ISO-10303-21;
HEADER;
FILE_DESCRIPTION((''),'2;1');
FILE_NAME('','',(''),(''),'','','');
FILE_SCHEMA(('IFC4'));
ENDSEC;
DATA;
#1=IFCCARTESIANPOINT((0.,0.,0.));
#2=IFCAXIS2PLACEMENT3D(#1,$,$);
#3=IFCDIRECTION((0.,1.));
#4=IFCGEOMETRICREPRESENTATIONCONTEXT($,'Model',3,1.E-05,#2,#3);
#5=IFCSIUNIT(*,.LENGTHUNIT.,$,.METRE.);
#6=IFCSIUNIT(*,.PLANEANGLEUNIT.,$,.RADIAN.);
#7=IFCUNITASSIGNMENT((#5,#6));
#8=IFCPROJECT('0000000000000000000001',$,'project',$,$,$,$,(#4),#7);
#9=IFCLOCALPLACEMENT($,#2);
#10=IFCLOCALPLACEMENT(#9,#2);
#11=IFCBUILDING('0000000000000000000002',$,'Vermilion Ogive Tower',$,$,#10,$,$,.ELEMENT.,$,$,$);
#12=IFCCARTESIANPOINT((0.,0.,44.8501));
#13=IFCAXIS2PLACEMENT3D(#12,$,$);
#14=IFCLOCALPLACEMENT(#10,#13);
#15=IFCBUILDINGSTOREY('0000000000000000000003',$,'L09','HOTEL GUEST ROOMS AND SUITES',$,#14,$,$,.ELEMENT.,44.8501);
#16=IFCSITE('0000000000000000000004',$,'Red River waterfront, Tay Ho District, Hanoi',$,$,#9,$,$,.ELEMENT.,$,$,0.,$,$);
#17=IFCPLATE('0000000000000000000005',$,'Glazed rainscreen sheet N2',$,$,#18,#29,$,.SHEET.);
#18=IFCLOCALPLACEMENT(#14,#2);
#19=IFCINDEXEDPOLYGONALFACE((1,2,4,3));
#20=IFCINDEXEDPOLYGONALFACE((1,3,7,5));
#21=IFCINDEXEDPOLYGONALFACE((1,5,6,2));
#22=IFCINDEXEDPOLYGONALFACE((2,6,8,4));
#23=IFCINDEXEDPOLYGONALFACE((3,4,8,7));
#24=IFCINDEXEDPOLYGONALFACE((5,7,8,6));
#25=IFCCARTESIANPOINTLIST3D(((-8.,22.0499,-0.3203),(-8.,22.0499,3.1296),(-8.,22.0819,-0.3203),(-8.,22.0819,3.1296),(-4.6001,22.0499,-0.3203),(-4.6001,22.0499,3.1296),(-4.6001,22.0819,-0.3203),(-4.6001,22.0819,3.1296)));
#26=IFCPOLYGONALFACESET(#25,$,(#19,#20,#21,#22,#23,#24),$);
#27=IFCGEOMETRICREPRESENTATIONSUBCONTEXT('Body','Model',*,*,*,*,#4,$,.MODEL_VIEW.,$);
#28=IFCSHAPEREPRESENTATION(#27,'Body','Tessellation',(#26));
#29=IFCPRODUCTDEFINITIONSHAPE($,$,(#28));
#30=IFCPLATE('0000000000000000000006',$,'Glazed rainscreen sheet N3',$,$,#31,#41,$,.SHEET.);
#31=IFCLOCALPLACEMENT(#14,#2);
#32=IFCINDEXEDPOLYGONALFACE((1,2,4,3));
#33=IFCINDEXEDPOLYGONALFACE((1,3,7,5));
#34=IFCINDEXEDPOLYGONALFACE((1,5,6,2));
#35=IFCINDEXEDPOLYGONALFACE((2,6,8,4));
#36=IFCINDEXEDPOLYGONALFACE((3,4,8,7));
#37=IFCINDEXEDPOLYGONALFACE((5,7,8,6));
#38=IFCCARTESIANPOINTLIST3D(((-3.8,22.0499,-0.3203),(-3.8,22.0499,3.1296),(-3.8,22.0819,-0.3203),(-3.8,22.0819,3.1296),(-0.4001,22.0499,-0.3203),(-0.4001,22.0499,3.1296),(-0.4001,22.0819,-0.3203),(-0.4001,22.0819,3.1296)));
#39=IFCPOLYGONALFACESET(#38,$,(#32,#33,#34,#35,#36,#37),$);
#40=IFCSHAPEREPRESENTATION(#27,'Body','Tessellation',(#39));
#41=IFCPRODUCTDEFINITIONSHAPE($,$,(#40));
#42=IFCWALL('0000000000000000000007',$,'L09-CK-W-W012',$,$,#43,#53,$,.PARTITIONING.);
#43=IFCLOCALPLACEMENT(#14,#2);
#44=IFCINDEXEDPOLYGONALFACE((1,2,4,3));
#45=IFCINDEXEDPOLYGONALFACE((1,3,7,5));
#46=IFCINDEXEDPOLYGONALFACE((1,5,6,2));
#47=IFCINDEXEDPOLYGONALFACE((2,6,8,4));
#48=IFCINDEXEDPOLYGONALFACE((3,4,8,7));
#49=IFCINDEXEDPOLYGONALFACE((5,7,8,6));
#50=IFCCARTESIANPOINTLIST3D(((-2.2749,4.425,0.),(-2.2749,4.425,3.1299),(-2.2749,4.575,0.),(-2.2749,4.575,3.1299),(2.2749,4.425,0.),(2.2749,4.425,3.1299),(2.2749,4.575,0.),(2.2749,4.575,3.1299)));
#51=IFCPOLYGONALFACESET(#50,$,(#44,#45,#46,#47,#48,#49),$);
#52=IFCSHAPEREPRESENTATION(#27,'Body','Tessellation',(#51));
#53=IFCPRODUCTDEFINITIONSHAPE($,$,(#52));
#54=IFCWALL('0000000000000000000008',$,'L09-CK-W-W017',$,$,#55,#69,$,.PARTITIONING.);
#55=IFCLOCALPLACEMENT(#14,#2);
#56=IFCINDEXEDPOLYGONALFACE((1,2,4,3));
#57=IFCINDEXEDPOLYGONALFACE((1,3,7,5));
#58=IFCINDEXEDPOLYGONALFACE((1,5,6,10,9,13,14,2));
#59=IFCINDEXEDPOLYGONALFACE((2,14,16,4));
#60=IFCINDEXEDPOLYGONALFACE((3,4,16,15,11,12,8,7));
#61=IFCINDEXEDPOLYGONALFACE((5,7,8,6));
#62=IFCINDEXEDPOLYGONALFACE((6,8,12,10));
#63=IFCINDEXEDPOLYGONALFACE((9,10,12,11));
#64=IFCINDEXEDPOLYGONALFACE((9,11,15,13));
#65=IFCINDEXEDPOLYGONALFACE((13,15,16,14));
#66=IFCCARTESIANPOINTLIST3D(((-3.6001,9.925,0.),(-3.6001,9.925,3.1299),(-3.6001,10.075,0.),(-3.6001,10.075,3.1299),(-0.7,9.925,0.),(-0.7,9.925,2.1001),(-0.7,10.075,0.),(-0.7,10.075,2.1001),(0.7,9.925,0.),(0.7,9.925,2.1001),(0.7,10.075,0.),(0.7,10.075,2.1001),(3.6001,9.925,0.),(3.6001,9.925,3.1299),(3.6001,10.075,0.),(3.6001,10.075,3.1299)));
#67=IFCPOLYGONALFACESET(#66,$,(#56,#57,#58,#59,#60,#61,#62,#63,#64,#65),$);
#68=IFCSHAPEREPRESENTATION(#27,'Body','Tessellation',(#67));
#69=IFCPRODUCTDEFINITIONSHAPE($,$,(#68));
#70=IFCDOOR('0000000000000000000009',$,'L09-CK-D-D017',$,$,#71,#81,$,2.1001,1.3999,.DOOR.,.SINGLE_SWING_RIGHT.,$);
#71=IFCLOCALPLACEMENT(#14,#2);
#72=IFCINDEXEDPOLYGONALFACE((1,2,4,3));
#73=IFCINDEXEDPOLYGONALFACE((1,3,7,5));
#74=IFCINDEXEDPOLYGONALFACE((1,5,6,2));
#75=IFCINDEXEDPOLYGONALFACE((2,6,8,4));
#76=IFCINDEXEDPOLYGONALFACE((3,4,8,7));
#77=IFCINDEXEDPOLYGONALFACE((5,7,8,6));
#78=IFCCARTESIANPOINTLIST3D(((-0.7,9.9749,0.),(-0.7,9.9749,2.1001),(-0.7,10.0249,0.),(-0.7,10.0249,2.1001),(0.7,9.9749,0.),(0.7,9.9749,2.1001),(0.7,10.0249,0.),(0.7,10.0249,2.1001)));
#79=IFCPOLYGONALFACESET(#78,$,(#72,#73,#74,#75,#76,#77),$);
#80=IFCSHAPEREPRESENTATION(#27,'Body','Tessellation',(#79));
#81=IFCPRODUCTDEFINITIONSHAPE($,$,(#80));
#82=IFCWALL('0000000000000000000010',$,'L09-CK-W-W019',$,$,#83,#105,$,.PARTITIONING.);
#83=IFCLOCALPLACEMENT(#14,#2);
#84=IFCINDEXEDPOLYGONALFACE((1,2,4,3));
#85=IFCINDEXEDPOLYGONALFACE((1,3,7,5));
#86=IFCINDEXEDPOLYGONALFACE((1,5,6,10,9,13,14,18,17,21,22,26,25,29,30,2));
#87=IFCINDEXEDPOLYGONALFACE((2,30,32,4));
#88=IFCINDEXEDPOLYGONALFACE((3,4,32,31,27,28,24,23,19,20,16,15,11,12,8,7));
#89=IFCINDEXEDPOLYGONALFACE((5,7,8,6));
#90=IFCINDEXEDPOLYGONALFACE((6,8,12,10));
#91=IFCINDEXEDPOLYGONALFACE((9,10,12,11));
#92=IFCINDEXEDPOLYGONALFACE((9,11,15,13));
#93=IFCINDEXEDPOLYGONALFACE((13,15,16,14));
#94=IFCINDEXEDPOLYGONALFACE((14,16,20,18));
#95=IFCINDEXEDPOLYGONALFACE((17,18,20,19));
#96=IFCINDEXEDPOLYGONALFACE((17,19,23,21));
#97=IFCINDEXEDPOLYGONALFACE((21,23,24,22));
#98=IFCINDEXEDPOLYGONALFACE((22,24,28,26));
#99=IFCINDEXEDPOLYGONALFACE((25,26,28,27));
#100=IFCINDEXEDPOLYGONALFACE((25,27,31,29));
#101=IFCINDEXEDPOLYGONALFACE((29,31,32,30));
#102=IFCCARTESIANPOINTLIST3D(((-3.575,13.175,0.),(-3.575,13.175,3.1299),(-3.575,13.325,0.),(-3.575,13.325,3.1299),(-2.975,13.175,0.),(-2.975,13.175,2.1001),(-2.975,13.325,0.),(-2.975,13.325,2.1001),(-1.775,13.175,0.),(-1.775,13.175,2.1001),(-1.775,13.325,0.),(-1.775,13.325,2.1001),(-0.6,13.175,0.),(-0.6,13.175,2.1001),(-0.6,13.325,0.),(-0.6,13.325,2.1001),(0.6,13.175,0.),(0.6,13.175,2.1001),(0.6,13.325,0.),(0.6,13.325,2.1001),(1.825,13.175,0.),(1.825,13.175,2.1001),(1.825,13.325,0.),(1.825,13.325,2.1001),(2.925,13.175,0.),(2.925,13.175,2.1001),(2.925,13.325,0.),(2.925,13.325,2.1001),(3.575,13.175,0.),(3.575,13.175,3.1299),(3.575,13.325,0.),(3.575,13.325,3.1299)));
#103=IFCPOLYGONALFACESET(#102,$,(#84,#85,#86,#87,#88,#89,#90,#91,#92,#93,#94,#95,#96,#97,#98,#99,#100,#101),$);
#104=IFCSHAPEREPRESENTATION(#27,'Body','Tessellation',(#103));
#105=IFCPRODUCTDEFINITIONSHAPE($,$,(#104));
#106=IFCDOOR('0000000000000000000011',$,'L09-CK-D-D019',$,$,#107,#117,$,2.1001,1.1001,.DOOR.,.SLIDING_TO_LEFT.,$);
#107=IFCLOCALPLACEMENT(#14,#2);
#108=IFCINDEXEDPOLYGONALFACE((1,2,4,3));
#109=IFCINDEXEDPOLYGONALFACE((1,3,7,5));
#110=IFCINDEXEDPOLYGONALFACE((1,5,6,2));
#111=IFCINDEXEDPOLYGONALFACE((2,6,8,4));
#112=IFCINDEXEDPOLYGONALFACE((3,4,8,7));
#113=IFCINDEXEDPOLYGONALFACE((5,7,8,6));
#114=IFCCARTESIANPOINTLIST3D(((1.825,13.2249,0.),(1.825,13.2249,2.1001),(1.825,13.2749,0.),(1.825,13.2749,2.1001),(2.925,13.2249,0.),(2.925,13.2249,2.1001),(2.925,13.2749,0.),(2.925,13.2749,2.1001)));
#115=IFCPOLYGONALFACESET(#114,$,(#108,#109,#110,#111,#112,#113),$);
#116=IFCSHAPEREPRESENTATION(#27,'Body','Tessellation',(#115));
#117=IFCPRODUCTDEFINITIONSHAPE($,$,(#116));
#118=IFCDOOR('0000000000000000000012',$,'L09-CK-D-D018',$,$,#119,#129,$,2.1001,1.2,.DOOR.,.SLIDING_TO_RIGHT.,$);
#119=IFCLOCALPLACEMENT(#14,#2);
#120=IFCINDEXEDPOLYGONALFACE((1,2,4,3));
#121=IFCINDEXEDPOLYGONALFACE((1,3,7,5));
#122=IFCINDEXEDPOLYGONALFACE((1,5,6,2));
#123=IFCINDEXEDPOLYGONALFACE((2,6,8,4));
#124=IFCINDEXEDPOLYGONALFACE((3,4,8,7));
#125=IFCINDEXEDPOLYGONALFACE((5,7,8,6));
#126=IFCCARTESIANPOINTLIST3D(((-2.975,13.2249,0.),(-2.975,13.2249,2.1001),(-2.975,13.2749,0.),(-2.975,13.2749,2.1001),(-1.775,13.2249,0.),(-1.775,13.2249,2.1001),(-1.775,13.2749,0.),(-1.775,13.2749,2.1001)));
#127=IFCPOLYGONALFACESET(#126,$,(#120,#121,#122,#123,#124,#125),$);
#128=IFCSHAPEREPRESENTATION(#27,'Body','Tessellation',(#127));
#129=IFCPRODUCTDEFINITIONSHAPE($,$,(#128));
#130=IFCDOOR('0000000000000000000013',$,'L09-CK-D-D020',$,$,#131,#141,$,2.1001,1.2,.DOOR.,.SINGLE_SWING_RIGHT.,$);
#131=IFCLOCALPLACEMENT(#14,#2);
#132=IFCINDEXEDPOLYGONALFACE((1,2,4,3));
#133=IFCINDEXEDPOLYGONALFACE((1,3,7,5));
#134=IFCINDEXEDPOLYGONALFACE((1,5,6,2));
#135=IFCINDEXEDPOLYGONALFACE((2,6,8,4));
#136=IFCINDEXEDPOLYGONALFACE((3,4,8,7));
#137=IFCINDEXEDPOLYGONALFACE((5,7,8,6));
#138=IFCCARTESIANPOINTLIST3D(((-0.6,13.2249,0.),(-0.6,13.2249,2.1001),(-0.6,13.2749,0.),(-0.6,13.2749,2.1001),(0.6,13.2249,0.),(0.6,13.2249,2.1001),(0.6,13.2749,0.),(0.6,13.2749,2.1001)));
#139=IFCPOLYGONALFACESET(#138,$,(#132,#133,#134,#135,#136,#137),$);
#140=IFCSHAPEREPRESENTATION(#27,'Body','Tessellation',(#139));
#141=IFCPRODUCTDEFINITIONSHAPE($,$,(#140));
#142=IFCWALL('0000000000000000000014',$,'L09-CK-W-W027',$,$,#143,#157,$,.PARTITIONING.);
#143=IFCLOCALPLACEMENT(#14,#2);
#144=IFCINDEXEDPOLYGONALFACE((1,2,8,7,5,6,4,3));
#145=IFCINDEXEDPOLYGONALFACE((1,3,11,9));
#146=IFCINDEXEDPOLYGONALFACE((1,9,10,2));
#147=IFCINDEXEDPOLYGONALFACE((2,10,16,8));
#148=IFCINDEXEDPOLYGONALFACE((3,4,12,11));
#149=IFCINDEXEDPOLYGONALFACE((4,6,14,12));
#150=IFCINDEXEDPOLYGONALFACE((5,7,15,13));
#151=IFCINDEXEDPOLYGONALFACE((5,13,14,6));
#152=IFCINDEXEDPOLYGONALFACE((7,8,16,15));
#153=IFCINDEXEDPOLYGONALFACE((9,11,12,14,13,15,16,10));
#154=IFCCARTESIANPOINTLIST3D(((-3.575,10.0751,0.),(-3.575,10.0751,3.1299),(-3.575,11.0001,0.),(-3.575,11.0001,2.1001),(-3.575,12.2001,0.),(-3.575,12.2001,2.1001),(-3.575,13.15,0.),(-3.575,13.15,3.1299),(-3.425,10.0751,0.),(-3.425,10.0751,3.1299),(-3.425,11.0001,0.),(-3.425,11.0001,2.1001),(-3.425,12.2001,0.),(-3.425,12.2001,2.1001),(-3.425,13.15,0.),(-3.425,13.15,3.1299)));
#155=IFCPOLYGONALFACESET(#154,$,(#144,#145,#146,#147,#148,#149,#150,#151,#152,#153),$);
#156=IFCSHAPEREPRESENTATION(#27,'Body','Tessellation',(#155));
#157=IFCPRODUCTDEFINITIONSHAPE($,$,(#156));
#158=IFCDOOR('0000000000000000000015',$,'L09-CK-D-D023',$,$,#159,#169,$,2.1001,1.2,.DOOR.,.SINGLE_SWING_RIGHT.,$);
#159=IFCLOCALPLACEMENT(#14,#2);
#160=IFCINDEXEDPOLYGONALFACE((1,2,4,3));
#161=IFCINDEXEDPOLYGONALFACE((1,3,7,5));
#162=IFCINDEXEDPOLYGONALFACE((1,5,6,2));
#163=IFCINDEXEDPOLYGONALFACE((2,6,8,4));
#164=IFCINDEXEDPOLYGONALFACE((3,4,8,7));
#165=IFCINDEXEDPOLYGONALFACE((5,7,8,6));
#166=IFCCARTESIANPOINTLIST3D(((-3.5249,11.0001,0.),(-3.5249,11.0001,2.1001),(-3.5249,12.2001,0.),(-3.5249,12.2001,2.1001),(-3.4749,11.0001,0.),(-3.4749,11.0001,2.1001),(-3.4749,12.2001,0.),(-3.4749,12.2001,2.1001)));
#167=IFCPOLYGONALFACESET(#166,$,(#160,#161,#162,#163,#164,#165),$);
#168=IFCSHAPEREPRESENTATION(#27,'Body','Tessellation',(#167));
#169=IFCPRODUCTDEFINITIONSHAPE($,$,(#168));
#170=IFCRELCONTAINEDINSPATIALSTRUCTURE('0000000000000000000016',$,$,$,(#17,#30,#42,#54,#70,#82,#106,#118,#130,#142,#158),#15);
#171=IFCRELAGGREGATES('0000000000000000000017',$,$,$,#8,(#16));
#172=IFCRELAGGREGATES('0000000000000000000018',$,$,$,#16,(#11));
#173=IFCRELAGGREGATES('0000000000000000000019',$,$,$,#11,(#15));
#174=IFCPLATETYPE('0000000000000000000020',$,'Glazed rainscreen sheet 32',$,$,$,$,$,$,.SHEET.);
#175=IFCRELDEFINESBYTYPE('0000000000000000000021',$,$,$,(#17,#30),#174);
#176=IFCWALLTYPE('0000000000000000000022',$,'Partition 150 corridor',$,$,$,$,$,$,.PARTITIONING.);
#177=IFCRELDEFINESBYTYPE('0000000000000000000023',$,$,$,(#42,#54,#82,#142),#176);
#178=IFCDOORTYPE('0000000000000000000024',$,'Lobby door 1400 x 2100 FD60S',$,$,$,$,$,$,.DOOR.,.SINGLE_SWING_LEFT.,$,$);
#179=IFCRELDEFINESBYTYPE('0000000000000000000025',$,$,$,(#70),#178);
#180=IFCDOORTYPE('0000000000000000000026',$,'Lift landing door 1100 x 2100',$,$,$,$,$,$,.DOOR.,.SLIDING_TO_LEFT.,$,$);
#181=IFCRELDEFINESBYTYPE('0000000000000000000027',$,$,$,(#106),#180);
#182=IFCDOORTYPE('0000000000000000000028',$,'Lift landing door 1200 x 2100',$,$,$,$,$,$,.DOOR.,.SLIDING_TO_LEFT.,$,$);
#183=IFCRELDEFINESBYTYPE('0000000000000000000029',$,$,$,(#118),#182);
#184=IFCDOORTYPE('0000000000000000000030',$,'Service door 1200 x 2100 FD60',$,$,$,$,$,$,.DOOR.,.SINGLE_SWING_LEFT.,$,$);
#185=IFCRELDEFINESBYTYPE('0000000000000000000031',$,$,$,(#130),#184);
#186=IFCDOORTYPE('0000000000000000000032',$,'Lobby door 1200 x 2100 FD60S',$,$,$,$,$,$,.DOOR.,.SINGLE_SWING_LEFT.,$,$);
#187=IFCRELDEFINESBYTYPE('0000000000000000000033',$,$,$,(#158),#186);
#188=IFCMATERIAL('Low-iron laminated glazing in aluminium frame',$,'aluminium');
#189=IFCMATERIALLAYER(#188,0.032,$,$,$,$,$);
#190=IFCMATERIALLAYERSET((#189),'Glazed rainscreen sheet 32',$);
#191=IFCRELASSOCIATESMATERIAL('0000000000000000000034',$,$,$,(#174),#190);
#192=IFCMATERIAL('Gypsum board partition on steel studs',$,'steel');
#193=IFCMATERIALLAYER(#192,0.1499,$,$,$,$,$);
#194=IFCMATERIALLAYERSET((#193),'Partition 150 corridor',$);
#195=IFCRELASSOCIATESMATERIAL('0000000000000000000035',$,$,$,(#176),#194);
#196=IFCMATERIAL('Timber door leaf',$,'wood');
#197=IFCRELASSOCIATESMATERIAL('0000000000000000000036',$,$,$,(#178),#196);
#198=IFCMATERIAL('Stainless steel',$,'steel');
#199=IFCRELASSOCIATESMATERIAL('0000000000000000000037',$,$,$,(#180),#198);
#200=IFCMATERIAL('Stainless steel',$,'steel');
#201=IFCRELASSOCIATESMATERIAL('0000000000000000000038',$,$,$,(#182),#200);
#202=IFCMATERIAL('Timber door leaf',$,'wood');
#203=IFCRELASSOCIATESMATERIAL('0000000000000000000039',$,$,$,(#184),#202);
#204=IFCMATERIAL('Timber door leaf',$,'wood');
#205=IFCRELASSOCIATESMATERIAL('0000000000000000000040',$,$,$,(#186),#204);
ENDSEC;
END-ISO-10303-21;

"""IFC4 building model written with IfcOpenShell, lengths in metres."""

from ifc_helpers import new_model, si_unit, direction, frame, frame_2d, origin, origin_2d, place, context, subcontext, project, spatial, rectangle, extrude, material, layer, layer_set, type_object, element, fill, save


model = new_model("IFC4")

# Units and contexts
model_context = context("Model", 3, precision=1e-05, world=origin(), true_north=direction((0.0, 1.0)))
body_context = subcontext(model_context, "Body", "Model", "MODEL_VIEW")
ifc_project = project(units=[si_unit("LENGTHUNIT", "METRE"), si_unit("PLANEANGLEUNIT", "RADIAN")], contexts=[model_context])

# Site, building, storey
site_placement = place(None, origin())
site = spatial("IfcSite", under=ifc_project, at=site_placement, Name="Red River waterfront, Tay Ho District, Hanoi", CompositionType="ELEMENT", RefElevation=0.0)
building_placement = place(site_placement, origin())
building = spatial("IfcBuilding", under=site, at=building_placement, Name="Vermilion Ogive Tower", CompositionType="ELEMENT")
storey_placement = place(building_placement, frame((0.0, 0.0, 44.8501)))
storey = spatial("IfcBuildingStorey", under=building, at=storey_placement, Name="L09", Description="HOTEL GUEST ROOMS AND SUITES", CompositionType="ELEMENT", Elevation=44.8501)

# Plates
ifc_material_1 = material(Name="Low-iron laminated glazing in aluminium frame", Category="aluminium")
ifc_layer_1 = layer(ifc_material_1, 0.032)
ifc_layer_set_1 = layer_set([ifc_layer_1], Name="Glazed rainscreen sheet 32")
plate_type = type_object("IfcPlateType", Name="Glazed rainscreen sheet 32", PredefinedType="SHEET", material=ifc_layer_set_1)
for number, where, z_axis, x_axis, name in (
    (1, (-6.3, 22.0659, -0.3203), (0.0, 0.0, 1.0), (1.0, 0.0, 0.0), "Glazed rainscreen sheet N2"),
    (2, (-2.1001, 22.0659, -0.3203), (0.0, 0.0, 1.0), (1.0, 0.0, 0.0), "Glazed rainscreen sheet N3"),
):
    element("IfcPlate", number, at=place(storey_placement, frame(where, z_axis=z_axis, x_axis=x_axis)), inside=storey, type_object=plate_type, Name=name, PredefinedType="SHEET", context=body_context, shape_type="SweptSolid", body=[
        extrude(rectangle(XDim=3.3999, YDim=0.032, at=origin_2d()), origin(), (0.0, 0.0, 1.0), 3.45),
    ])

# Wall
ifc_material_2 = material(Name="Gypsum board partition on steel studs", Category="steel")
ifc_layer_2 = layer(ifc_material_2, 0.1499)
ifc_layer_set_2 = layer_set([ifc_layer_2], Name="Partition 150 corridor")
wall_type_1 = type_object("IfcWallType", Name="Partition 150 corridor", PredefinedType="PARTITIONING", material=ifc_layer_set_2)
wall_1_placement = place(storey_placement, frame((-2.2749, 4.5, 0.0), z_axis=(0.0, 0.0, 1.0), x_axis=(1.0, 0.0, 0.0)))
element("IfcWall", 3, at=wall_1_placement, inside=storey, type_object=wall_type_1, Name="L09-CK-W-W012", PredefinedType="PARTITIONING", context=body_context, shape_type="SweptSolid", body=[
    extrude(rectangle(XDim=4.5498, YDim=0.1499, at=frame_2d((2.2749, 0.0))), origin(), (0.0, 0.0, 1.0), 3.1299),
])

# Wall, opening, door
wall_2_placement = place(storey_placement, frame((-3.6001, 10.0, 0.0), z_axis=(0.0, 0.0, 1.0), x_axis=(1.0, 0.0, 0.0)))
wall_2 = element("IfcWall", 4, at=wall_2_placement, inside=storey, type_object=wall_type_1, Name="L09-CK-W-W017", PredefinedType="PARTITIONING", context=body_context, shape_type="SweptSolid", body=[
    extrude(rectangle(XDim=7.2002, YDim=0.1499, at=frame_2d((3.6001, 0.0))), origin(), (0.0, 0.0, 1.0), 3.1299),
])
opening_1_placement = place(wall_2_placement, frame((2.9001, 0.0, 0.0)))
opening_1 = element("IfcOpeningElement", 5, at=opening_1_placement, cuts=wall_2, PredefinedType="OPENING", context=body_context, shape_type="SweptSolid", body=[
    extrude(rectangle(XDim=1.3999, YDim=2.1001, at=frame_2d((0.7, 1.05))), frame((0.0, 0.085, 0.0), z_axis=(0.0, -1.0, 0.0), x_axis=(1.0, 0.0, 0.0)), (0.0, 0.0, 1.0), 0.1699),
])
ifc_material_3 = material(Name="Timber door leaf", Category="wood")
door_type_1 = type_object("IfcDoorType", Name="Lobby door 1400 x 2100 FD60S", OperationType="SINGLE_SWING_LEFT", PredefinedType="DOOR", material=ifc_material_3)
door_1_placement = place(opening_1_placement, origin())
door_1 = element("IfcDoor", 6, at=door_1_placement, inside=storey, type_object=door_type_1, Name="L09-CK-D-D017", OperationType="SINGLE_SWING_RIGHT", OverallHeight=2.1001, OverallWidth=1.3999, PredefinedType="DOOR", context=body_context, shape_type="SweptSolid", body=[
    extrude(rectangle(XDim=1.3999, YDim=2.1001, at=frame_2d((0.7, 1.05))), frame((0.0, 0.0249, 0.0), z_axis=(0.0, -1.0, 0.0), x_axis=(1.0, 0.0, 0.0)), (0.0, 0.0, 1.0), 0.05),
])
fill(opening_1, door_1)

# Wall, openings, doors
wall_3_placement = place(storey_placement, frame((-3.575, 13.25, 0.0), z_axis=(0.0, 0.0, 1.0), x_axis=(1.0, 0.0, 0.0)))
wall_3 = element("IfcWall", 7, at=wall_3_placement, inside=storey, type_object=wall_type_1, Name="L09-CK-W-W019", PredefinedType="PARTITIONING", context=body_context, shape_type="SweptSolid", body=[
    extrude(rectangle(XDim=7.1499, YDim=0.1499, at=frame_2d((3.575, 0.0))), origin(), (0.0, 0.0, 1.0), 3.1299),
])
opening_2_placement = place(wall_3_placement, frame((0.5999, 0.0, 0.0)))
opening_2 = element("IfcOpeningElement", 8, at=opening_2_placement, cuts=wall_3, PredefinedType="OPENING", context=body_context, shape_type="SweptSolid", body=[
    extrude(rectangle(XDim=1.2, YDim=2.1001, at=frame_2d((0.6001, 1.05))), frame((0.0, 0.085, 0.0), z_axis=(0.0, -1.0, 0.0), x_axis=(1.0, 0.0, 0.0)), (0.0, 0.0, 1.0), 0.1699),
])
opening_3_placement = place(wall_3_placement, frame((5.3999, 0.0, 0.0)))
opening_3 = element("IfcOpeningElement", 9, at=opening_3_placement, cuts=wall_3, PredefinedType="OPENING", context=body_context, shape_type="SweptSolid", body=[
    extrude(rectangle(XDim=1.1001, YDim=2.1001, at=frame_2d((0.55, 1.05))), frame((0.0, 0.085, 0.0), z_axis=(0.0, -1.0, 0.0), x_axis=(1.0, 0.0, 0.0)), (0.0, 0.0, 1.0), 0.1699),
])
opening_4_placement = place(wall_3_placement, frame((2.9749, 0.0, 0.0)))
opening_4 = element("IfcOpeningElement", 10, at=opening_4_placement, cuts=wall_3, PredefinedType="OPENING", context=body_context, shape_type="SweptSolid", body=[
    extrude(rectangle(XDim=1.2, YDim=2.1001, at=frame_2d((0.6001, 1.05))), frame((0.0, 0.085, 0.0), z_axis=(0.0, -1.0, 0.0), x_axis=(1.0, 0.0, 0.0)), (0.0, 0.0, 1.0), 0.1699),
])
ifc_material_4 = material(Name="Stainless steel", Category="steel")
door_type_2 = type_object("IfcDoorType", Name="Lift landing door 1100 x 2100", OperationType="SLIDING_TO_LEFT", PredefinedType="DOOR", material=ifc_material_4)
door_2_placement = place(opening_3_placement, origin())
door_2 = element("IfcDoor", 11, at=door_2_placement, inside=storey, type_object=door_type_2, Name="L09-CK-D-D019", OperationType="SLIDING_TO_LEFT", OverallHeight=2.1001, OverallWidth=1.1001, PredefinedType="DOOR", context=body_context, shape_type="SweptSolid", body=[
    extrude(rectangle(XDim=1.1001, YDim=2.1001, at=frame_2d((0.55, 1.05))), frame((0.0, 0.0249, 0.0), z_axis=(0.0, -1.0, 0.0), x_axis=(1.0, 0.0, 0.0)), (0.0, 0.0, 1.0), 0.05),
])
fill(opening_3, door_2)
ifc_material_5 = material(Name="Stainless steel", Category="steel")
door_type_3 = type_object("IfcDoorType", Name="Lift landing door 1200 x 2100", OperationType="SLIDING_TO_LEFT", PredefinedType="DOOR", material=ifc_material_5)
door_3_placement = place(opening_2_placement, origin())
door_3 = element("IfcDoor", 12, at=door_3_placement, inside=storey, type_object=door_type_3, Name="L09-CK-D-D018", OperationType="SLIDING_TO_RIGHT", OverallHeight=2.1001, OverallWidth=1.2, PredefinedType="DOOR", context=body_context, shape_type="SweptSolid", body=[
    extrude(rectangle(XDim=1.2, YDim=2.1001, at=frame_2d((0.6001, 1.05))), frame((0.0, 0.0249, 0.0), z_axis=(0.0, -1.0, 0.0), x_axis=(1.0, 0.0, 0.0)), (0.0, 0.0, 1.0), 0.05),
])
fill(opening_2, door_3)
ifc_material_6 = material(Name="Timber door leaf", Category="wood")
door_type_4 = type_object("IfcDoorType", Name="Service door 1200 x 2100 FD60", OperationType="SINGLE_SWING_LEFT", PredefinedType="DOOR", material=ifc_material_6)
door_4_placement = place(opening_4_placement, origin())
door_4 = element("IfcDoor", 13, at=door_4_placement, inside=storey, type_object=door_type_4, Name="L09-CK-D-D020", OperationType="SINGLE_SWING_RIGHT", OverallHeight=2.1001, OverallWidth=1.2, PredefinedType="DOOR", context=body_context, shape_type="SweptSolid", body=[
    extrude(rectangle(XDim=1.2, YDim=2.1001, at=frame_2d((0.6001, 1.05))), frame((0.0, 0.0249, 0.0), z_axis=(0.0, -1.0, 0.0), x_axis=(1.0, 0.0, 0.0)), (0.0, 0.0, 1.0), 0.05),
])
fill(opening_4, door_4)

# Wall, opening, door
wall_4_placement = place(storey_placement, frame((-3.5, 10.075, 0.0), z_axis=(0.0, 0.0, 1.0), x_axis=(0.0, 1.0, 0.0)))
wall_4 = element("IfcWall", 14, at=wall_4_placement, inside=storey, type_object=wall_type_1, Name="L09-CK-W-W027", PredefinedType="PARTITIONING", context=body_context, shape_type="SweptSolid", body=[
    extrude(rectangle(XDim=3.075, YDim=0.1499, at=frame_2d((1.5376, 0.0))), origin(), (0.0, 0.0, 1.0), 3.1299),
])
opening_5_placement = place(wall_4_placement, frame((0.925, 0.0, 0.0)))
opening_5 = element("IfcOpeningElement", 15, at=opening_5_placement, cuts=wall_4, PredefinedType="OPENING", context=body_context, shape_type="SweptSolid", body=[
    extrude(rectangle(XDim=1.2, YDim=2.1001, at=frame_2d((0.6001, 1.05))), frame((0.0, 0.085, 0.0), z_axis=(0.0, -1.0, 0.0), x_axis=(1.0, 0.0, 0.0)), (0.0, 0.0, 1.0), 0.1699),
])
ifc_material_7 = material(Name="Timber door leaf", Category="wood")
door_type_5 = type_object("IfcDoorType", Name="Lobby door 1200 x 2100 FD60S", OperationType="SINGLE_SWING_LEFT", PredefinedType="DOOR", material=ifc_material_7)
door_5_placement = place(opening_5_placement, origin())
door_5 = element("IfcDoor", 16, at=door_5_placement, inside=storey, type_object=door_type_5, Name="L09-CK-D-D023", OperationType="SINGLE_SWING_RIGHT", OverallHeight=2.1001, OverallWidth=1.2, PredefinedType="DOOR", context=body_context, shape_type="SweptSolid", body=[
    extrude(rectangle(XDim=1.2, YDim=2.1001, at=frame_2d((0.6001, 1.05))), frame((0.0, 0.0249, 0.0), z_axis=(0.0, -1.0, 0.0), x_axis=(1.0, 0.0, 0.0)), (0.0, 0.0, 1.0), 0.05),
])
fill(opening_5, door_5)

save(model, "model.ifc")
